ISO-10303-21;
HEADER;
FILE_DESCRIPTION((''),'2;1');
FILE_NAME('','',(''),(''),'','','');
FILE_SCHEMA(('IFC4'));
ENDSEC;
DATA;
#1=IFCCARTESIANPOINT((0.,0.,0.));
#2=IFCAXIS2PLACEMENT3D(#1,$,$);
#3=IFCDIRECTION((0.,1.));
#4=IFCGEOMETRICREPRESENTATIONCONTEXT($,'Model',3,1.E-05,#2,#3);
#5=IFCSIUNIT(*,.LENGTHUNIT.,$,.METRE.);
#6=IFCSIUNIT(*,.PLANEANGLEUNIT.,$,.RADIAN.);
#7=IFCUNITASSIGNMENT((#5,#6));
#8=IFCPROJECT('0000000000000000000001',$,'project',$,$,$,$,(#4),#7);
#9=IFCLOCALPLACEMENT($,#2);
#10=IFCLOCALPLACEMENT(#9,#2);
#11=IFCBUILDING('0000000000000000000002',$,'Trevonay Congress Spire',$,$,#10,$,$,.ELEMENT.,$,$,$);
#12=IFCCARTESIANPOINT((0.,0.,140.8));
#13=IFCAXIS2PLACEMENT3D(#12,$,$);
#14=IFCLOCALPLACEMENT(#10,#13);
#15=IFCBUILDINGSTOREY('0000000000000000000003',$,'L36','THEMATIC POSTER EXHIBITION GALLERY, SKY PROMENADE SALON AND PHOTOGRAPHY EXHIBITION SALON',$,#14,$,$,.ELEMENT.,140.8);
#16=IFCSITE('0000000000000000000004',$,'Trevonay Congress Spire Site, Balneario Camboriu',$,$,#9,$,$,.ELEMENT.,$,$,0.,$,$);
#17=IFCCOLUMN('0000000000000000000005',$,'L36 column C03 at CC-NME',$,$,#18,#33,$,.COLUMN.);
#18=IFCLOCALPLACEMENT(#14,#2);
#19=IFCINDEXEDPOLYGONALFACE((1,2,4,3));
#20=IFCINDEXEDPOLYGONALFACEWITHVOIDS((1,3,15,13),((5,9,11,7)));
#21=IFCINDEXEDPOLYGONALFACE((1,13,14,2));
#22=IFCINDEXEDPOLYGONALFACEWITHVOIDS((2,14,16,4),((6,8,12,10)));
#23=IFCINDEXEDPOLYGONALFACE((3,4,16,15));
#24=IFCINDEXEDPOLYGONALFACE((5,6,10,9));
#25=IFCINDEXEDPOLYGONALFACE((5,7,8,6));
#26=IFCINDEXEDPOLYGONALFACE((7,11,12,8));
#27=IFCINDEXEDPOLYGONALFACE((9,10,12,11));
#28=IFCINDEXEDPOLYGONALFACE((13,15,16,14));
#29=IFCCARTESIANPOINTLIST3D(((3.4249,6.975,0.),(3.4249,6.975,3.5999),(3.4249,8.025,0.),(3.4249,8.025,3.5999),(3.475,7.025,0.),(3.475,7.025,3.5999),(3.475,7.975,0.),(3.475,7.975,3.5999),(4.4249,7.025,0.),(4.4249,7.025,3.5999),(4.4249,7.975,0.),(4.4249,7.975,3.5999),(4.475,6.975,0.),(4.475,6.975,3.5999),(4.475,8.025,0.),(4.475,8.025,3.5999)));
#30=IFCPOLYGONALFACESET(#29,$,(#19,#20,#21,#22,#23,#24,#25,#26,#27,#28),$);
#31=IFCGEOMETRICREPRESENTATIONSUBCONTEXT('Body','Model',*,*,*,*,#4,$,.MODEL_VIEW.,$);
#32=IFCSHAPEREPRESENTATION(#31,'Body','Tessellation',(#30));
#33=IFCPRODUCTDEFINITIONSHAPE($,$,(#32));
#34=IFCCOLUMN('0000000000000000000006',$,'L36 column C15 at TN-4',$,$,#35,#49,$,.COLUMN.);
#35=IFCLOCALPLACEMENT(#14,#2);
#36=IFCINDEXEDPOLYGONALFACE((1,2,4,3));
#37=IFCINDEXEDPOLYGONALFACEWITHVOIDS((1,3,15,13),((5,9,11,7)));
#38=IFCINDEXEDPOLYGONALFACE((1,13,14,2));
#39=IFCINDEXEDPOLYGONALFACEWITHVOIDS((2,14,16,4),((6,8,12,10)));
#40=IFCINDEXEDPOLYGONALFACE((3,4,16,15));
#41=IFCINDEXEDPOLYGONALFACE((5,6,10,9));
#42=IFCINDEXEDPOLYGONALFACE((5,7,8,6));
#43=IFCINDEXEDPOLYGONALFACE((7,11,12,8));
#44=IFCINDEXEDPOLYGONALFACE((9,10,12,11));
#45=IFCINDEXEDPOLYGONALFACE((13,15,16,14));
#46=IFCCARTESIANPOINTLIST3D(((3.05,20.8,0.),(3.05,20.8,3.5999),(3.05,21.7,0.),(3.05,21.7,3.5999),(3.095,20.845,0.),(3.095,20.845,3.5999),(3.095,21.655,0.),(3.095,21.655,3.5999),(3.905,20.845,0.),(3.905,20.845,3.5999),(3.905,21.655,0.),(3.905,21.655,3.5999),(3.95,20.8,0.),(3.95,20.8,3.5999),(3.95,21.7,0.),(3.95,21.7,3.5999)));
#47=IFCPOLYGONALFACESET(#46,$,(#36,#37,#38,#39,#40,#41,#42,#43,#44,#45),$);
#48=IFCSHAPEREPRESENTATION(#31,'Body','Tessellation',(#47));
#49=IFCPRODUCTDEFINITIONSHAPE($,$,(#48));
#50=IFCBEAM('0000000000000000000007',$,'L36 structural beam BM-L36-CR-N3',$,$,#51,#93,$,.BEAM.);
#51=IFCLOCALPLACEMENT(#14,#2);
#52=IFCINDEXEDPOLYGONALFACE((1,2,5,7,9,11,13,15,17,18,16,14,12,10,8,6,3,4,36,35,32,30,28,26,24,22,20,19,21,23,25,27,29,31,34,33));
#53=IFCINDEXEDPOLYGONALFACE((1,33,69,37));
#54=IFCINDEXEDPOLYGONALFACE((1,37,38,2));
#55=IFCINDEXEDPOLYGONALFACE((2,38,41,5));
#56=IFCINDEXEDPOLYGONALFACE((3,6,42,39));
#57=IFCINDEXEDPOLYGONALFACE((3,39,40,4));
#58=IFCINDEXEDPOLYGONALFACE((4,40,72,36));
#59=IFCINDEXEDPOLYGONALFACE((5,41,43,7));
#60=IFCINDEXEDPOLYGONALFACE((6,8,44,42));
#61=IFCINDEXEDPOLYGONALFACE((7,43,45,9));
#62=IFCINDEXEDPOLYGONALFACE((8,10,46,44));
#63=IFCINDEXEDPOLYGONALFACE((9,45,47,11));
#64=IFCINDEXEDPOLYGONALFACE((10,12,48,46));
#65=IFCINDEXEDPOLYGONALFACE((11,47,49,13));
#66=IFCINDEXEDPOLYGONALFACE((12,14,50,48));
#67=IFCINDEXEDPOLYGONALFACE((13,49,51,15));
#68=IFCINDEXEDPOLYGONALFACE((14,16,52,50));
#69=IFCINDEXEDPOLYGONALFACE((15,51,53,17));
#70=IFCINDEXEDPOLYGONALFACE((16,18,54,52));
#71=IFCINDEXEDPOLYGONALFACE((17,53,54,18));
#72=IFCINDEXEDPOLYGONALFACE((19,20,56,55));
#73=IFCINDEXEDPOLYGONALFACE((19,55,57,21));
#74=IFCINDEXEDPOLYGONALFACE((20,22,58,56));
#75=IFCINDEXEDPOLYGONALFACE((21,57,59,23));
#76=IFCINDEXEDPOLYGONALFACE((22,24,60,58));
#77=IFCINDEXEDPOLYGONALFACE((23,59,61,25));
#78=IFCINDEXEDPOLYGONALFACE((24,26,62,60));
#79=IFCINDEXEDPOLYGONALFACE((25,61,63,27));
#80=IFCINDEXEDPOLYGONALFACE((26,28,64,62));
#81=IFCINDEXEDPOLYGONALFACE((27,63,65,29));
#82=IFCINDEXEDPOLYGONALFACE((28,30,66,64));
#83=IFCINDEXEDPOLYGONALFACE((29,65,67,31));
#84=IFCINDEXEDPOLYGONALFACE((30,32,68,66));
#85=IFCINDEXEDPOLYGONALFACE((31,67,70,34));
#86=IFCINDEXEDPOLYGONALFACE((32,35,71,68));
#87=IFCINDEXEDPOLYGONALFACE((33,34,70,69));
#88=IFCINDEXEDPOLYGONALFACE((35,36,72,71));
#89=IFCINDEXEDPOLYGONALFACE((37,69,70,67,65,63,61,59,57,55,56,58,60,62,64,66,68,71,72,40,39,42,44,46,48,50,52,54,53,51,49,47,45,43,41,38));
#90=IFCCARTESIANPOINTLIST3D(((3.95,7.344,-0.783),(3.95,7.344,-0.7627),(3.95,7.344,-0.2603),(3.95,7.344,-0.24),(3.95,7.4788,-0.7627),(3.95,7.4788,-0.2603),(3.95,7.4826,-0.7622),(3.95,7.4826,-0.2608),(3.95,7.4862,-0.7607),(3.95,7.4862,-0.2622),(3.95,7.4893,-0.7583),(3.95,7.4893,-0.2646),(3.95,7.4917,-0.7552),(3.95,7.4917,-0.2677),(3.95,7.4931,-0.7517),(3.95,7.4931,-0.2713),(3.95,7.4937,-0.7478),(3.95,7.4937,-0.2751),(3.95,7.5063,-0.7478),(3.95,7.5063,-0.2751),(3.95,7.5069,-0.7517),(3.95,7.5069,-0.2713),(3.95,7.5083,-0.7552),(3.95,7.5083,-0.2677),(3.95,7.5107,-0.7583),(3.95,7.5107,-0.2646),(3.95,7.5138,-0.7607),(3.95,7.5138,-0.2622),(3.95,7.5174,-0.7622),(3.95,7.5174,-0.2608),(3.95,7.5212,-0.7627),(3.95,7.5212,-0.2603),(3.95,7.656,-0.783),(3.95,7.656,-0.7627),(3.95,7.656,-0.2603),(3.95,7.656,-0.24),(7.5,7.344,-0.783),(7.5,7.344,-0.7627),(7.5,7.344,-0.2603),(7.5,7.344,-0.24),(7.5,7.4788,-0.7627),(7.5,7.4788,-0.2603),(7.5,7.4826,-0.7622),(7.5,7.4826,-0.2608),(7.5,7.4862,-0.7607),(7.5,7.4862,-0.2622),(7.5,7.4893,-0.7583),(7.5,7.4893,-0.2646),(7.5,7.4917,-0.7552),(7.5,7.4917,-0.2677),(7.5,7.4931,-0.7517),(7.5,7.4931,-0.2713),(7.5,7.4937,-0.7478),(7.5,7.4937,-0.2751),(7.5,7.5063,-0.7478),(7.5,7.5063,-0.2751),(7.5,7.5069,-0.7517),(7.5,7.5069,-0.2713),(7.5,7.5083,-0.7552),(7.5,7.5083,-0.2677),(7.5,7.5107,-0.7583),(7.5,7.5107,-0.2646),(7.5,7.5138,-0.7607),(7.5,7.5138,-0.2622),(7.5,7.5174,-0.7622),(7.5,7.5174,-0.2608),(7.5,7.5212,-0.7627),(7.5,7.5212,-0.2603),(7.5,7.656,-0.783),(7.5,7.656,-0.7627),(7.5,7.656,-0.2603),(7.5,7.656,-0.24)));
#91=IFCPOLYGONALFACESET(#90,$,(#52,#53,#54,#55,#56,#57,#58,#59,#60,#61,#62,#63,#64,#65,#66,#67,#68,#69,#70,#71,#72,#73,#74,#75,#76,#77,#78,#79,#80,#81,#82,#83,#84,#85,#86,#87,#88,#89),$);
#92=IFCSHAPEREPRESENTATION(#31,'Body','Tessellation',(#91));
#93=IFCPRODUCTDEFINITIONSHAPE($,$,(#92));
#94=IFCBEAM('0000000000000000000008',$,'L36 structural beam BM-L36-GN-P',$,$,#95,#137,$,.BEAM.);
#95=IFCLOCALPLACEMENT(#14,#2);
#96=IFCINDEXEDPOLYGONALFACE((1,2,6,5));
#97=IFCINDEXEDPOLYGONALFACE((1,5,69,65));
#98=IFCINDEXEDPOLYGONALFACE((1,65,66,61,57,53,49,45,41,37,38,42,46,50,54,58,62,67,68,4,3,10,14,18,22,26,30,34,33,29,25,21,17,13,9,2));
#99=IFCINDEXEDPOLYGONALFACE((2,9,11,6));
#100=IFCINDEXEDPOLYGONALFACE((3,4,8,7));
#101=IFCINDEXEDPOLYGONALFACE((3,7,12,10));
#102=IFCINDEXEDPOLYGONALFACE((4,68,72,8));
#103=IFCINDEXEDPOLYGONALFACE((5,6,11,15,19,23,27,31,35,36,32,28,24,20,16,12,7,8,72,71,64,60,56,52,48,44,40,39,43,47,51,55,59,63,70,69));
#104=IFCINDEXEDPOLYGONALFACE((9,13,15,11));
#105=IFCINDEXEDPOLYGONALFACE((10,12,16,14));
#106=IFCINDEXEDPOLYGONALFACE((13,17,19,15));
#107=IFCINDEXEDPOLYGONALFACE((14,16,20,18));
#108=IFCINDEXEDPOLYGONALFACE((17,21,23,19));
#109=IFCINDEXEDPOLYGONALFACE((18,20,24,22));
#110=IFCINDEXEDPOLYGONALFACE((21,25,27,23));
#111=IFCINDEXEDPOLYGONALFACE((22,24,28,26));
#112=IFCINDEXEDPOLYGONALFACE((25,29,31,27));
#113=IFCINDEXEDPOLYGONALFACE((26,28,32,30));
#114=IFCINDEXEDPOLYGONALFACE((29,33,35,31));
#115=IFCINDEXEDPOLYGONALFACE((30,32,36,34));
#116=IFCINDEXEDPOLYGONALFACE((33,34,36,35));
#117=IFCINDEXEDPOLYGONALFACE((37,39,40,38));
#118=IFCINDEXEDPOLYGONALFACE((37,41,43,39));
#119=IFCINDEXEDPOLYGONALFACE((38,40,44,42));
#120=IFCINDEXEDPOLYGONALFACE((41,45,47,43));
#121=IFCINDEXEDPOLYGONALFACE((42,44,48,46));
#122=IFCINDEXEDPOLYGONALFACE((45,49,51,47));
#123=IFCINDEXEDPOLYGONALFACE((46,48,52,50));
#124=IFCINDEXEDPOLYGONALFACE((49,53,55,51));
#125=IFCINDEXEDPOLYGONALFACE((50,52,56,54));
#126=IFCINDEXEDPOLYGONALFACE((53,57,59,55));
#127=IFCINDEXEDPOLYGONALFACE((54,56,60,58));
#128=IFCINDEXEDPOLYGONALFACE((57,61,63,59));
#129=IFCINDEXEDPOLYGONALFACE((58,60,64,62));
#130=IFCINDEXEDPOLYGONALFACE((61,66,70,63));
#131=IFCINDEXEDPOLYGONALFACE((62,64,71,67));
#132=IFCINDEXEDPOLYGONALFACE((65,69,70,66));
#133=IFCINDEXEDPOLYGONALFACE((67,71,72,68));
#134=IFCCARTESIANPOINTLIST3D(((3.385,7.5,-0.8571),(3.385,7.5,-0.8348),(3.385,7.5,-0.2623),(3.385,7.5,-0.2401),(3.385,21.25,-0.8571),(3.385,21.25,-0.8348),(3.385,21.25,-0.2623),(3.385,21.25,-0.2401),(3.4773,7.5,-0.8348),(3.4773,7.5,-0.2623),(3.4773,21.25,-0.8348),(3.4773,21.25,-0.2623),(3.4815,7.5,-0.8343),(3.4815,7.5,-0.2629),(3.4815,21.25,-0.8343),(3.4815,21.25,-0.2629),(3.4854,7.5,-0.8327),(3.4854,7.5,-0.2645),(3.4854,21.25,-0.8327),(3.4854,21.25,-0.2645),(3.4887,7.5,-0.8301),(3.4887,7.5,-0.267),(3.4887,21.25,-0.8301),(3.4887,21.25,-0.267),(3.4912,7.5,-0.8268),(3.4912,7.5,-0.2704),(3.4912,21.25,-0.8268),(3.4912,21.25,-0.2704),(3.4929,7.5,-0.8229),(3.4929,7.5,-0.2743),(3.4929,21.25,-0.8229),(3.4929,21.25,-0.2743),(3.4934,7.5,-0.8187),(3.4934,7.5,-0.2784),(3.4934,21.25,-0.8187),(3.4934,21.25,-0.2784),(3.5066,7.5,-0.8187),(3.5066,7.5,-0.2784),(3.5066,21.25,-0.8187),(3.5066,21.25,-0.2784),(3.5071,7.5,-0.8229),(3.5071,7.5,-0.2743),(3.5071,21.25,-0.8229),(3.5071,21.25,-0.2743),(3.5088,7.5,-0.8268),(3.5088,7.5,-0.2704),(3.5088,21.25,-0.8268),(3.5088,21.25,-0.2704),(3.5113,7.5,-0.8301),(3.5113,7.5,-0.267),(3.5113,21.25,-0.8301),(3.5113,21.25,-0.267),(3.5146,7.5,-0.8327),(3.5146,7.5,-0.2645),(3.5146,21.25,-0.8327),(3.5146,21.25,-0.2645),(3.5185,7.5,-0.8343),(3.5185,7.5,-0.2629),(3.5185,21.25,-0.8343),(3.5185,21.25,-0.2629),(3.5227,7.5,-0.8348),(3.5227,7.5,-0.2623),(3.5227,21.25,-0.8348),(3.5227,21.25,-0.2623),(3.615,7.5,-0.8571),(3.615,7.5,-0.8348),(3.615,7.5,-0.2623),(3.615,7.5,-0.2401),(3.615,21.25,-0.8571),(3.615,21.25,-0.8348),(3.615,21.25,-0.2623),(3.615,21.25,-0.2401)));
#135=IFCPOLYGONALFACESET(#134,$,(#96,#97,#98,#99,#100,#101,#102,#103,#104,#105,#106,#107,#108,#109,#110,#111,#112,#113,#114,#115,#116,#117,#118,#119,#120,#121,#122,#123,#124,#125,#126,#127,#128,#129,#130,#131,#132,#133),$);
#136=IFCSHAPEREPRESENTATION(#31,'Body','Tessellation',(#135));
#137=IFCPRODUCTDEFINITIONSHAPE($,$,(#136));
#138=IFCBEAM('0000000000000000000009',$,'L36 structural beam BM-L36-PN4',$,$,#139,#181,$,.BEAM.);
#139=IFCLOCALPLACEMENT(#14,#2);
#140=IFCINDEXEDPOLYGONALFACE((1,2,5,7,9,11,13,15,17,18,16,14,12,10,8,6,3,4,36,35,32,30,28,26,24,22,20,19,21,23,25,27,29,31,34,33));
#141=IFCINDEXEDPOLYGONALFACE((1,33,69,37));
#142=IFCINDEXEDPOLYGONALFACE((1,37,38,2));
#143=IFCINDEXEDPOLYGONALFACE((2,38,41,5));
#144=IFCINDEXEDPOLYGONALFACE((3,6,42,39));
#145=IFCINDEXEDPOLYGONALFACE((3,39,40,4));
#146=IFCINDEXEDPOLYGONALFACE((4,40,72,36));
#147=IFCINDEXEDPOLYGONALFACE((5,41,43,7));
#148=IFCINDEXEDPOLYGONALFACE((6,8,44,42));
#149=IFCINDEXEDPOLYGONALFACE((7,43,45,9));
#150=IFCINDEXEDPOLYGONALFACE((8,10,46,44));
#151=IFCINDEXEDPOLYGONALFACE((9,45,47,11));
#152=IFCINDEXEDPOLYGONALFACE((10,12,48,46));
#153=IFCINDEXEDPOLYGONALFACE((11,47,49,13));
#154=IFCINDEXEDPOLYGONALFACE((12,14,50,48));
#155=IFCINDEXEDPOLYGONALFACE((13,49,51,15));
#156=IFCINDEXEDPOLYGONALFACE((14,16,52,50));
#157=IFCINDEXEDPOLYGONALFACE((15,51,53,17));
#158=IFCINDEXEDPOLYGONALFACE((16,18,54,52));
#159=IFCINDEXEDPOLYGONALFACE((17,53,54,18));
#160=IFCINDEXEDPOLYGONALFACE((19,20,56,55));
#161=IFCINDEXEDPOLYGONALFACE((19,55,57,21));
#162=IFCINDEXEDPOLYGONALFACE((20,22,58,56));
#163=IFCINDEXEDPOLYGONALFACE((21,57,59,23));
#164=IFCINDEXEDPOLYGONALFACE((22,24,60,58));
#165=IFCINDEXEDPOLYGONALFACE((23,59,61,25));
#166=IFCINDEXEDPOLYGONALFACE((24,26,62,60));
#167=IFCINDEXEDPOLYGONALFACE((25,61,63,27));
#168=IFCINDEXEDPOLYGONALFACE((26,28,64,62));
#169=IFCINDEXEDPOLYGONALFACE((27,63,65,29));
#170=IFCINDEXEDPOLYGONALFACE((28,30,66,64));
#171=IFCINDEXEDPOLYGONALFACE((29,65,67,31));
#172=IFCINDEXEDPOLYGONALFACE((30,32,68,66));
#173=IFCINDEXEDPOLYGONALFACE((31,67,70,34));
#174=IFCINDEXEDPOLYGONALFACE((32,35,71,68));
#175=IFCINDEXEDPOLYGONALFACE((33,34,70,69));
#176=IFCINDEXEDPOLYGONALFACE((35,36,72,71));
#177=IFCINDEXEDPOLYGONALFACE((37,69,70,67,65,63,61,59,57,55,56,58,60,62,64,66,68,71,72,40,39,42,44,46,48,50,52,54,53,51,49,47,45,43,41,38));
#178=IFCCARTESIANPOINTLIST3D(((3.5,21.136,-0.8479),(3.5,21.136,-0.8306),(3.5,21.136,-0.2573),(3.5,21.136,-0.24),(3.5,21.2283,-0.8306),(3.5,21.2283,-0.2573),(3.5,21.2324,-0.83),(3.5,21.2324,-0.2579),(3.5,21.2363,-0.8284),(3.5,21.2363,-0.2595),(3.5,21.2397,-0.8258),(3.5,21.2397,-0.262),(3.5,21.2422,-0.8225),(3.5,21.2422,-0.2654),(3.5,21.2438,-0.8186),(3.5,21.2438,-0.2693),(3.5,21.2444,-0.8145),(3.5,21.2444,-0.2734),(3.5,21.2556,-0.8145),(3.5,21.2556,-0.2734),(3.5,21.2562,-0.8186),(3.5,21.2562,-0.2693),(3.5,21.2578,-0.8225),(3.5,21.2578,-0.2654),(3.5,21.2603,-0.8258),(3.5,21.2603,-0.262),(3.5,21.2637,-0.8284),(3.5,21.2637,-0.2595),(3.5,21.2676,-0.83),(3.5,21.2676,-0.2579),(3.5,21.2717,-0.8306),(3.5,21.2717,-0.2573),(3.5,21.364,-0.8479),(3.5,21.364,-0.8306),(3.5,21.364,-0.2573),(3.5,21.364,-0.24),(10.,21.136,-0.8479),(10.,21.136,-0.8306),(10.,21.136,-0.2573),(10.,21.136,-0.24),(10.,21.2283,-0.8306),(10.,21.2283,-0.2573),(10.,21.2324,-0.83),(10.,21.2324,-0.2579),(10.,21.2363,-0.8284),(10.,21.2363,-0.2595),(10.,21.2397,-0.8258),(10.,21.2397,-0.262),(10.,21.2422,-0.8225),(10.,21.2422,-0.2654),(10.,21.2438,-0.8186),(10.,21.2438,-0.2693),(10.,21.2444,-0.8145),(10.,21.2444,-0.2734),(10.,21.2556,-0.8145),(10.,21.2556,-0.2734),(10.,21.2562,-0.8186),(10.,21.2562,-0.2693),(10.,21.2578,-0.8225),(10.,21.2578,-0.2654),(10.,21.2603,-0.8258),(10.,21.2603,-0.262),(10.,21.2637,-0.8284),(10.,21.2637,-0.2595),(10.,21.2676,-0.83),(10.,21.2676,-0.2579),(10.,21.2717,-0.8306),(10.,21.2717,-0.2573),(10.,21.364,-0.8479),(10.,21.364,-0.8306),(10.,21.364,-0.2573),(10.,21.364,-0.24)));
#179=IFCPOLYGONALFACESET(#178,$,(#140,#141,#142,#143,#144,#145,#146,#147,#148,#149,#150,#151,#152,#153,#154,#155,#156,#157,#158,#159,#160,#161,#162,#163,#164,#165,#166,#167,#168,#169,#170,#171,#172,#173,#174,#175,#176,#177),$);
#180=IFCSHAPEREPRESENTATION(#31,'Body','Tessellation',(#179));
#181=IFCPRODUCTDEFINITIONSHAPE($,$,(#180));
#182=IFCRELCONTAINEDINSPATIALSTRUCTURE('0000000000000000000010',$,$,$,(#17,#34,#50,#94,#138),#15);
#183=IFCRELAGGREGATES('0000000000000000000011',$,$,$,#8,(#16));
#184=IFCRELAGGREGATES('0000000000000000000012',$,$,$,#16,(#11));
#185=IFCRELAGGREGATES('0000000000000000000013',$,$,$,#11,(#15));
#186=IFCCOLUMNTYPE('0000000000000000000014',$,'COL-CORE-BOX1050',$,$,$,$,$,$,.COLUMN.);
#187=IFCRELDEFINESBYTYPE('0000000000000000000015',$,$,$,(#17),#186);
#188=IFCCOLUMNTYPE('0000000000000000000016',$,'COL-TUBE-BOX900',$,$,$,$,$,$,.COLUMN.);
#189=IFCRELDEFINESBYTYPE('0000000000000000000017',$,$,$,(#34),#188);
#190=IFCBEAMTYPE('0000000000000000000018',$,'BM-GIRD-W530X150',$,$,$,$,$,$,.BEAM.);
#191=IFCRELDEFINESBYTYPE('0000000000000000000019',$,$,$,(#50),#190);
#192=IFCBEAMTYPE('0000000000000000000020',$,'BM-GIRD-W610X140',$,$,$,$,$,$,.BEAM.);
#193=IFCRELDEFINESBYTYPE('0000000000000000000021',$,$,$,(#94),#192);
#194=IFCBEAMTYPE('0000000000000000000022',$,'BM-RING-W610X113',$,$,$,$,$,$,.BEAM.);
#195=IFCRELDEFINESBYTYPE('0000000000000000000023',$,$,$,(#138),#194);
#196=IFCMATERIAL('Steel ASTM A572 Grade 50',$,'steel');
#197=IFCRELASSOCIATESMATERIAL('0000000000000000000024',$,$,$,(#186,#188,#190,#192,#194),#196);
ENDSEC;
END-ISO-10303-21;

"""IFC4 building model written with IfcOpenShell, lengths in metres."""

from ifc_helpers import new_model, si_unit, direction, frame, origin, origin_2d, place, context, subcontext, project, spatial, hollow_rectangle, i_section, extrude, material, material_profile, profile_set, type_object, element, save


model = new_model("IFC4")

# Units and contexts
model_context = context("Model", 3, precision=1e-05, world=origin(), true_north=direction((0.0, 1.0)))
body_context = subcontext(model_context, "Body", "Model", "MODEL_VIEW")
ifc_project = project(units=[si_unit("LENGTHUNIT", "METRE"), si_unit("PLANEANGLEUNIT", "RADIAN")], contexts=[model_context])

# Site, building, storey
site_placement = place(None, origin())
site = spatial("IfcSite", under=ifc_project, at=site_placement, Name="Trevonay Congress Spire Site, Balneario Camboriu", CompositionType="ELEMENT", RefElevation=0.0)
building_placement = place(site_placement, origin())
building = spatial("IfcBuilding", under=site, at=building_placement, Name="Trevonay Congress Spire", CompositionType="ELEMENT")
storey_placement = place(building_placement, frame((0.0, 0.0, 140.8)))
storey = spatial("IfcBuildingStorey", under=building, at=storey_placement, Name="L36", Description="THEMATIC POSTER EXHIBITION GALLERY, SKY PROMENADE SALON AND PHOTOGRAPHY EXHIBITION SALON", CompositionType="ELEMENT", Elevation=140.8)

# Columns
ifc_material_1 = material(Name="Steel ASTM A572 Grade 50", Category="steel")
ifc_material_profile_1 = material_profile(ifc_material_1, hollow_rectangle(XDim=1.05, YDim=1.05, WallThickness=0.05, at=origin_2d()), Name="BOX 1050x1050x50")
ifc_profile_set_1 = profile_set([ifc_material_profile_1], Name="Steel ASTM A572 Grade 50")
column_type_1 = type_object("IfcColumnType", Name="COL-CORE-BOX1050", PredefinedType="COLUMN", material=ifc_profile_set_1)
column_1_placement = place(storey_placement, frame((3.95, 7.5, 0.0), z_axis=(0.0, 0.0, 1.0), x_axis=(1.0, 0.0, 0.0)))
element("IfcColumn", 1, at=column_1_placement, inside=storey, type_object=column_type_1, Name="L36 column C03 at CC-NME", PredefinedType="COLUMN", context=body_context, shape_type="SweptSolid", body=[
    extrude(hollow_rectangle(XDim=1.05, YDim=1.05, WallThickness=0.05, at=origin_2d()), origin(), (0.0, 0.0, 1.0), 3.5999),
])
ifc_material_profile_2 = material_profile(ifc_material_1, hollow_rectangle(XDim=0.8999, YDim=0.8999, WallThickness=0.0449, at=origin_2d()), Name="BOX 900x900x45")
ifc_profile_set_2 = profile_set([ifc_material_profile_2], Name="Steel ASTM A572 Grade 50")
column_type_2 = type_object("IfcColumnType", Name="COL-TUBE-BOX900", PredefinedType="COLUMN", material=ifc_profile_set_2)
column_2_placement = place(storey_placement, frame((3.5, 21.25, 0.0), z_axis=(0.0, 0.0, 1.0), x_axis=(1.0, 0.0, 0.0)))
element("IfcColumn", 2, at=column_2_placement, inside=storey, type_object=column_type_2, Name="L36 column C15 at TN-4", PredefinedType="COLUMN", context=body_context, shape_type="SweptSolid", body=[
    extrude(hollow_rectangle(XDim=0.8999, YDim=0.8999, WallThickness=0.0449, at=origin_2d()), origin(), (0.0, 0.0, 1.0), 3.5999),
])

# Beams
ifc_material_profile_3 = material_profile(ifc_material_1, i_section(OverallWidth=0.312, OverallDepth=0.543, WebThickness=0.0127, FlangeThickness=0.0203, FilletRadius=0.0149, at=origin_2d()), Name="W530x150")
ifc_profile_set_3 = profile_set([ifc_material_profile_3], Name="Steel ASTM A572 Grade 50")
beam_type_1 = type_object("IfcBeamType", Name="BM-GIRD-W530X150", PredefinedType="BEAM", material=ifc_profile_set_3)
beam_1_placement = place(storey_placement, frame((3.95, 7.5, -0.5115), z_axis=(1.0, 0.0, 0.0), x_axis=(0.0, 1.0, 0.0)))
element("IfcBeam", 3, at=beam_1_placement, inside=storey, type_object=beam_type_1, Name="L36 structural beam BM-L36-CR-N3", PredefinedType="BEAM", context=body_context, shape_type="SweptSolid", body=[
    extrude(i_section(OverallWidth=0.312, OverallDepth=0.543, WebThickness=0.0127, FlangeThickness=0.0203, FilletRadius=0.0149, at=origin_2d()), origin(), (0.0, 0.0, 1.0), 3.55),
])
ifc_material_profile_4 = material_profile(ifc_material_1, i_section(OverallWidth=0.23, OverallDepth=0.6169, WebThickness=0.0132, FlangeThickness=0.0222, FilletRadius=0.0161, at=origin_2d()), Name="W610x140")
ifc_profile_set_4 = profile_set([ifc_material_profile_4], Name="Steel ASTM A572 Grade 50")
beam_type_2 = type_object("IfcBeamType", Name="BM-GIRD-W610X140", PredefinedType="BEAM", material=ifc_profile_set_4)
beam_2_placement = place(storey_placement, frame((3.5, 7.5, -0.5486), z_axis=(0.0, 1.0, 0.0), x_axis=(-1.0, 0.0, 0.0)))
element("IfcBeam", 4, at=beam_2_placement, inside=storey, type_object=beam_type_2, Name="L36 structural beam BM-L36-GN-P", PredefinedType="BEAM", context=body_context, shape_type="SweptSolid", body=[
    extrude(i_section(OverallWidth=0.23, OverallDepth=0.6169, WebThickness=0.0132, FlangeThickness=0.0222, FilletRadius=0.0161, at=origin_2d()), origin(), (0.0, 0.0, 1.0), 13.75),
])
ifc_material_profile_5 = material_profile(ifc_material_1, i_section(OverallWidth=0.228, OverallDepth=0.6079, WebThickness=0.0112, FlangeThickness=0.0173, FilletRadius=0.0161, at=origin_2d()), Name="W610x113")
ifc_profile_set_5 = profile_set([ifc_material_profile_5], Name="Steel ASTM A572 Grade 50")
beam_type_3 = type_object("IfcBeamType", Name="BM-RING-W610X113", PredefinedType="BEAM", material=ifc_profile_set_5)
beam_3_placement = place(storey_placement, frame((3.5, 21.25, -0.5439), z_axis=(1.0, 0.0, 0.0), x_axis=(0.0, 1.0, 0.0)))
element("IfcBeam", 5, at=beam_3_placement, inside=storey, type_object=beam_type_3, Name="L36 structural beam BM-L36-PN4", PredefinedType="BEAM", context=body_context, shape_type="SweptSolid", body=[
    extrude(i_section(OverallWidth=0.228, OverallDepth=0.6079, WebThickness=0.0112, FlangeThickness=0.0173, FilletRadius=0.0161, at=origin_2d()), origin(), (0.0, 0.0, 1.0), 6.5),
])

save(model, "model.ifc")
